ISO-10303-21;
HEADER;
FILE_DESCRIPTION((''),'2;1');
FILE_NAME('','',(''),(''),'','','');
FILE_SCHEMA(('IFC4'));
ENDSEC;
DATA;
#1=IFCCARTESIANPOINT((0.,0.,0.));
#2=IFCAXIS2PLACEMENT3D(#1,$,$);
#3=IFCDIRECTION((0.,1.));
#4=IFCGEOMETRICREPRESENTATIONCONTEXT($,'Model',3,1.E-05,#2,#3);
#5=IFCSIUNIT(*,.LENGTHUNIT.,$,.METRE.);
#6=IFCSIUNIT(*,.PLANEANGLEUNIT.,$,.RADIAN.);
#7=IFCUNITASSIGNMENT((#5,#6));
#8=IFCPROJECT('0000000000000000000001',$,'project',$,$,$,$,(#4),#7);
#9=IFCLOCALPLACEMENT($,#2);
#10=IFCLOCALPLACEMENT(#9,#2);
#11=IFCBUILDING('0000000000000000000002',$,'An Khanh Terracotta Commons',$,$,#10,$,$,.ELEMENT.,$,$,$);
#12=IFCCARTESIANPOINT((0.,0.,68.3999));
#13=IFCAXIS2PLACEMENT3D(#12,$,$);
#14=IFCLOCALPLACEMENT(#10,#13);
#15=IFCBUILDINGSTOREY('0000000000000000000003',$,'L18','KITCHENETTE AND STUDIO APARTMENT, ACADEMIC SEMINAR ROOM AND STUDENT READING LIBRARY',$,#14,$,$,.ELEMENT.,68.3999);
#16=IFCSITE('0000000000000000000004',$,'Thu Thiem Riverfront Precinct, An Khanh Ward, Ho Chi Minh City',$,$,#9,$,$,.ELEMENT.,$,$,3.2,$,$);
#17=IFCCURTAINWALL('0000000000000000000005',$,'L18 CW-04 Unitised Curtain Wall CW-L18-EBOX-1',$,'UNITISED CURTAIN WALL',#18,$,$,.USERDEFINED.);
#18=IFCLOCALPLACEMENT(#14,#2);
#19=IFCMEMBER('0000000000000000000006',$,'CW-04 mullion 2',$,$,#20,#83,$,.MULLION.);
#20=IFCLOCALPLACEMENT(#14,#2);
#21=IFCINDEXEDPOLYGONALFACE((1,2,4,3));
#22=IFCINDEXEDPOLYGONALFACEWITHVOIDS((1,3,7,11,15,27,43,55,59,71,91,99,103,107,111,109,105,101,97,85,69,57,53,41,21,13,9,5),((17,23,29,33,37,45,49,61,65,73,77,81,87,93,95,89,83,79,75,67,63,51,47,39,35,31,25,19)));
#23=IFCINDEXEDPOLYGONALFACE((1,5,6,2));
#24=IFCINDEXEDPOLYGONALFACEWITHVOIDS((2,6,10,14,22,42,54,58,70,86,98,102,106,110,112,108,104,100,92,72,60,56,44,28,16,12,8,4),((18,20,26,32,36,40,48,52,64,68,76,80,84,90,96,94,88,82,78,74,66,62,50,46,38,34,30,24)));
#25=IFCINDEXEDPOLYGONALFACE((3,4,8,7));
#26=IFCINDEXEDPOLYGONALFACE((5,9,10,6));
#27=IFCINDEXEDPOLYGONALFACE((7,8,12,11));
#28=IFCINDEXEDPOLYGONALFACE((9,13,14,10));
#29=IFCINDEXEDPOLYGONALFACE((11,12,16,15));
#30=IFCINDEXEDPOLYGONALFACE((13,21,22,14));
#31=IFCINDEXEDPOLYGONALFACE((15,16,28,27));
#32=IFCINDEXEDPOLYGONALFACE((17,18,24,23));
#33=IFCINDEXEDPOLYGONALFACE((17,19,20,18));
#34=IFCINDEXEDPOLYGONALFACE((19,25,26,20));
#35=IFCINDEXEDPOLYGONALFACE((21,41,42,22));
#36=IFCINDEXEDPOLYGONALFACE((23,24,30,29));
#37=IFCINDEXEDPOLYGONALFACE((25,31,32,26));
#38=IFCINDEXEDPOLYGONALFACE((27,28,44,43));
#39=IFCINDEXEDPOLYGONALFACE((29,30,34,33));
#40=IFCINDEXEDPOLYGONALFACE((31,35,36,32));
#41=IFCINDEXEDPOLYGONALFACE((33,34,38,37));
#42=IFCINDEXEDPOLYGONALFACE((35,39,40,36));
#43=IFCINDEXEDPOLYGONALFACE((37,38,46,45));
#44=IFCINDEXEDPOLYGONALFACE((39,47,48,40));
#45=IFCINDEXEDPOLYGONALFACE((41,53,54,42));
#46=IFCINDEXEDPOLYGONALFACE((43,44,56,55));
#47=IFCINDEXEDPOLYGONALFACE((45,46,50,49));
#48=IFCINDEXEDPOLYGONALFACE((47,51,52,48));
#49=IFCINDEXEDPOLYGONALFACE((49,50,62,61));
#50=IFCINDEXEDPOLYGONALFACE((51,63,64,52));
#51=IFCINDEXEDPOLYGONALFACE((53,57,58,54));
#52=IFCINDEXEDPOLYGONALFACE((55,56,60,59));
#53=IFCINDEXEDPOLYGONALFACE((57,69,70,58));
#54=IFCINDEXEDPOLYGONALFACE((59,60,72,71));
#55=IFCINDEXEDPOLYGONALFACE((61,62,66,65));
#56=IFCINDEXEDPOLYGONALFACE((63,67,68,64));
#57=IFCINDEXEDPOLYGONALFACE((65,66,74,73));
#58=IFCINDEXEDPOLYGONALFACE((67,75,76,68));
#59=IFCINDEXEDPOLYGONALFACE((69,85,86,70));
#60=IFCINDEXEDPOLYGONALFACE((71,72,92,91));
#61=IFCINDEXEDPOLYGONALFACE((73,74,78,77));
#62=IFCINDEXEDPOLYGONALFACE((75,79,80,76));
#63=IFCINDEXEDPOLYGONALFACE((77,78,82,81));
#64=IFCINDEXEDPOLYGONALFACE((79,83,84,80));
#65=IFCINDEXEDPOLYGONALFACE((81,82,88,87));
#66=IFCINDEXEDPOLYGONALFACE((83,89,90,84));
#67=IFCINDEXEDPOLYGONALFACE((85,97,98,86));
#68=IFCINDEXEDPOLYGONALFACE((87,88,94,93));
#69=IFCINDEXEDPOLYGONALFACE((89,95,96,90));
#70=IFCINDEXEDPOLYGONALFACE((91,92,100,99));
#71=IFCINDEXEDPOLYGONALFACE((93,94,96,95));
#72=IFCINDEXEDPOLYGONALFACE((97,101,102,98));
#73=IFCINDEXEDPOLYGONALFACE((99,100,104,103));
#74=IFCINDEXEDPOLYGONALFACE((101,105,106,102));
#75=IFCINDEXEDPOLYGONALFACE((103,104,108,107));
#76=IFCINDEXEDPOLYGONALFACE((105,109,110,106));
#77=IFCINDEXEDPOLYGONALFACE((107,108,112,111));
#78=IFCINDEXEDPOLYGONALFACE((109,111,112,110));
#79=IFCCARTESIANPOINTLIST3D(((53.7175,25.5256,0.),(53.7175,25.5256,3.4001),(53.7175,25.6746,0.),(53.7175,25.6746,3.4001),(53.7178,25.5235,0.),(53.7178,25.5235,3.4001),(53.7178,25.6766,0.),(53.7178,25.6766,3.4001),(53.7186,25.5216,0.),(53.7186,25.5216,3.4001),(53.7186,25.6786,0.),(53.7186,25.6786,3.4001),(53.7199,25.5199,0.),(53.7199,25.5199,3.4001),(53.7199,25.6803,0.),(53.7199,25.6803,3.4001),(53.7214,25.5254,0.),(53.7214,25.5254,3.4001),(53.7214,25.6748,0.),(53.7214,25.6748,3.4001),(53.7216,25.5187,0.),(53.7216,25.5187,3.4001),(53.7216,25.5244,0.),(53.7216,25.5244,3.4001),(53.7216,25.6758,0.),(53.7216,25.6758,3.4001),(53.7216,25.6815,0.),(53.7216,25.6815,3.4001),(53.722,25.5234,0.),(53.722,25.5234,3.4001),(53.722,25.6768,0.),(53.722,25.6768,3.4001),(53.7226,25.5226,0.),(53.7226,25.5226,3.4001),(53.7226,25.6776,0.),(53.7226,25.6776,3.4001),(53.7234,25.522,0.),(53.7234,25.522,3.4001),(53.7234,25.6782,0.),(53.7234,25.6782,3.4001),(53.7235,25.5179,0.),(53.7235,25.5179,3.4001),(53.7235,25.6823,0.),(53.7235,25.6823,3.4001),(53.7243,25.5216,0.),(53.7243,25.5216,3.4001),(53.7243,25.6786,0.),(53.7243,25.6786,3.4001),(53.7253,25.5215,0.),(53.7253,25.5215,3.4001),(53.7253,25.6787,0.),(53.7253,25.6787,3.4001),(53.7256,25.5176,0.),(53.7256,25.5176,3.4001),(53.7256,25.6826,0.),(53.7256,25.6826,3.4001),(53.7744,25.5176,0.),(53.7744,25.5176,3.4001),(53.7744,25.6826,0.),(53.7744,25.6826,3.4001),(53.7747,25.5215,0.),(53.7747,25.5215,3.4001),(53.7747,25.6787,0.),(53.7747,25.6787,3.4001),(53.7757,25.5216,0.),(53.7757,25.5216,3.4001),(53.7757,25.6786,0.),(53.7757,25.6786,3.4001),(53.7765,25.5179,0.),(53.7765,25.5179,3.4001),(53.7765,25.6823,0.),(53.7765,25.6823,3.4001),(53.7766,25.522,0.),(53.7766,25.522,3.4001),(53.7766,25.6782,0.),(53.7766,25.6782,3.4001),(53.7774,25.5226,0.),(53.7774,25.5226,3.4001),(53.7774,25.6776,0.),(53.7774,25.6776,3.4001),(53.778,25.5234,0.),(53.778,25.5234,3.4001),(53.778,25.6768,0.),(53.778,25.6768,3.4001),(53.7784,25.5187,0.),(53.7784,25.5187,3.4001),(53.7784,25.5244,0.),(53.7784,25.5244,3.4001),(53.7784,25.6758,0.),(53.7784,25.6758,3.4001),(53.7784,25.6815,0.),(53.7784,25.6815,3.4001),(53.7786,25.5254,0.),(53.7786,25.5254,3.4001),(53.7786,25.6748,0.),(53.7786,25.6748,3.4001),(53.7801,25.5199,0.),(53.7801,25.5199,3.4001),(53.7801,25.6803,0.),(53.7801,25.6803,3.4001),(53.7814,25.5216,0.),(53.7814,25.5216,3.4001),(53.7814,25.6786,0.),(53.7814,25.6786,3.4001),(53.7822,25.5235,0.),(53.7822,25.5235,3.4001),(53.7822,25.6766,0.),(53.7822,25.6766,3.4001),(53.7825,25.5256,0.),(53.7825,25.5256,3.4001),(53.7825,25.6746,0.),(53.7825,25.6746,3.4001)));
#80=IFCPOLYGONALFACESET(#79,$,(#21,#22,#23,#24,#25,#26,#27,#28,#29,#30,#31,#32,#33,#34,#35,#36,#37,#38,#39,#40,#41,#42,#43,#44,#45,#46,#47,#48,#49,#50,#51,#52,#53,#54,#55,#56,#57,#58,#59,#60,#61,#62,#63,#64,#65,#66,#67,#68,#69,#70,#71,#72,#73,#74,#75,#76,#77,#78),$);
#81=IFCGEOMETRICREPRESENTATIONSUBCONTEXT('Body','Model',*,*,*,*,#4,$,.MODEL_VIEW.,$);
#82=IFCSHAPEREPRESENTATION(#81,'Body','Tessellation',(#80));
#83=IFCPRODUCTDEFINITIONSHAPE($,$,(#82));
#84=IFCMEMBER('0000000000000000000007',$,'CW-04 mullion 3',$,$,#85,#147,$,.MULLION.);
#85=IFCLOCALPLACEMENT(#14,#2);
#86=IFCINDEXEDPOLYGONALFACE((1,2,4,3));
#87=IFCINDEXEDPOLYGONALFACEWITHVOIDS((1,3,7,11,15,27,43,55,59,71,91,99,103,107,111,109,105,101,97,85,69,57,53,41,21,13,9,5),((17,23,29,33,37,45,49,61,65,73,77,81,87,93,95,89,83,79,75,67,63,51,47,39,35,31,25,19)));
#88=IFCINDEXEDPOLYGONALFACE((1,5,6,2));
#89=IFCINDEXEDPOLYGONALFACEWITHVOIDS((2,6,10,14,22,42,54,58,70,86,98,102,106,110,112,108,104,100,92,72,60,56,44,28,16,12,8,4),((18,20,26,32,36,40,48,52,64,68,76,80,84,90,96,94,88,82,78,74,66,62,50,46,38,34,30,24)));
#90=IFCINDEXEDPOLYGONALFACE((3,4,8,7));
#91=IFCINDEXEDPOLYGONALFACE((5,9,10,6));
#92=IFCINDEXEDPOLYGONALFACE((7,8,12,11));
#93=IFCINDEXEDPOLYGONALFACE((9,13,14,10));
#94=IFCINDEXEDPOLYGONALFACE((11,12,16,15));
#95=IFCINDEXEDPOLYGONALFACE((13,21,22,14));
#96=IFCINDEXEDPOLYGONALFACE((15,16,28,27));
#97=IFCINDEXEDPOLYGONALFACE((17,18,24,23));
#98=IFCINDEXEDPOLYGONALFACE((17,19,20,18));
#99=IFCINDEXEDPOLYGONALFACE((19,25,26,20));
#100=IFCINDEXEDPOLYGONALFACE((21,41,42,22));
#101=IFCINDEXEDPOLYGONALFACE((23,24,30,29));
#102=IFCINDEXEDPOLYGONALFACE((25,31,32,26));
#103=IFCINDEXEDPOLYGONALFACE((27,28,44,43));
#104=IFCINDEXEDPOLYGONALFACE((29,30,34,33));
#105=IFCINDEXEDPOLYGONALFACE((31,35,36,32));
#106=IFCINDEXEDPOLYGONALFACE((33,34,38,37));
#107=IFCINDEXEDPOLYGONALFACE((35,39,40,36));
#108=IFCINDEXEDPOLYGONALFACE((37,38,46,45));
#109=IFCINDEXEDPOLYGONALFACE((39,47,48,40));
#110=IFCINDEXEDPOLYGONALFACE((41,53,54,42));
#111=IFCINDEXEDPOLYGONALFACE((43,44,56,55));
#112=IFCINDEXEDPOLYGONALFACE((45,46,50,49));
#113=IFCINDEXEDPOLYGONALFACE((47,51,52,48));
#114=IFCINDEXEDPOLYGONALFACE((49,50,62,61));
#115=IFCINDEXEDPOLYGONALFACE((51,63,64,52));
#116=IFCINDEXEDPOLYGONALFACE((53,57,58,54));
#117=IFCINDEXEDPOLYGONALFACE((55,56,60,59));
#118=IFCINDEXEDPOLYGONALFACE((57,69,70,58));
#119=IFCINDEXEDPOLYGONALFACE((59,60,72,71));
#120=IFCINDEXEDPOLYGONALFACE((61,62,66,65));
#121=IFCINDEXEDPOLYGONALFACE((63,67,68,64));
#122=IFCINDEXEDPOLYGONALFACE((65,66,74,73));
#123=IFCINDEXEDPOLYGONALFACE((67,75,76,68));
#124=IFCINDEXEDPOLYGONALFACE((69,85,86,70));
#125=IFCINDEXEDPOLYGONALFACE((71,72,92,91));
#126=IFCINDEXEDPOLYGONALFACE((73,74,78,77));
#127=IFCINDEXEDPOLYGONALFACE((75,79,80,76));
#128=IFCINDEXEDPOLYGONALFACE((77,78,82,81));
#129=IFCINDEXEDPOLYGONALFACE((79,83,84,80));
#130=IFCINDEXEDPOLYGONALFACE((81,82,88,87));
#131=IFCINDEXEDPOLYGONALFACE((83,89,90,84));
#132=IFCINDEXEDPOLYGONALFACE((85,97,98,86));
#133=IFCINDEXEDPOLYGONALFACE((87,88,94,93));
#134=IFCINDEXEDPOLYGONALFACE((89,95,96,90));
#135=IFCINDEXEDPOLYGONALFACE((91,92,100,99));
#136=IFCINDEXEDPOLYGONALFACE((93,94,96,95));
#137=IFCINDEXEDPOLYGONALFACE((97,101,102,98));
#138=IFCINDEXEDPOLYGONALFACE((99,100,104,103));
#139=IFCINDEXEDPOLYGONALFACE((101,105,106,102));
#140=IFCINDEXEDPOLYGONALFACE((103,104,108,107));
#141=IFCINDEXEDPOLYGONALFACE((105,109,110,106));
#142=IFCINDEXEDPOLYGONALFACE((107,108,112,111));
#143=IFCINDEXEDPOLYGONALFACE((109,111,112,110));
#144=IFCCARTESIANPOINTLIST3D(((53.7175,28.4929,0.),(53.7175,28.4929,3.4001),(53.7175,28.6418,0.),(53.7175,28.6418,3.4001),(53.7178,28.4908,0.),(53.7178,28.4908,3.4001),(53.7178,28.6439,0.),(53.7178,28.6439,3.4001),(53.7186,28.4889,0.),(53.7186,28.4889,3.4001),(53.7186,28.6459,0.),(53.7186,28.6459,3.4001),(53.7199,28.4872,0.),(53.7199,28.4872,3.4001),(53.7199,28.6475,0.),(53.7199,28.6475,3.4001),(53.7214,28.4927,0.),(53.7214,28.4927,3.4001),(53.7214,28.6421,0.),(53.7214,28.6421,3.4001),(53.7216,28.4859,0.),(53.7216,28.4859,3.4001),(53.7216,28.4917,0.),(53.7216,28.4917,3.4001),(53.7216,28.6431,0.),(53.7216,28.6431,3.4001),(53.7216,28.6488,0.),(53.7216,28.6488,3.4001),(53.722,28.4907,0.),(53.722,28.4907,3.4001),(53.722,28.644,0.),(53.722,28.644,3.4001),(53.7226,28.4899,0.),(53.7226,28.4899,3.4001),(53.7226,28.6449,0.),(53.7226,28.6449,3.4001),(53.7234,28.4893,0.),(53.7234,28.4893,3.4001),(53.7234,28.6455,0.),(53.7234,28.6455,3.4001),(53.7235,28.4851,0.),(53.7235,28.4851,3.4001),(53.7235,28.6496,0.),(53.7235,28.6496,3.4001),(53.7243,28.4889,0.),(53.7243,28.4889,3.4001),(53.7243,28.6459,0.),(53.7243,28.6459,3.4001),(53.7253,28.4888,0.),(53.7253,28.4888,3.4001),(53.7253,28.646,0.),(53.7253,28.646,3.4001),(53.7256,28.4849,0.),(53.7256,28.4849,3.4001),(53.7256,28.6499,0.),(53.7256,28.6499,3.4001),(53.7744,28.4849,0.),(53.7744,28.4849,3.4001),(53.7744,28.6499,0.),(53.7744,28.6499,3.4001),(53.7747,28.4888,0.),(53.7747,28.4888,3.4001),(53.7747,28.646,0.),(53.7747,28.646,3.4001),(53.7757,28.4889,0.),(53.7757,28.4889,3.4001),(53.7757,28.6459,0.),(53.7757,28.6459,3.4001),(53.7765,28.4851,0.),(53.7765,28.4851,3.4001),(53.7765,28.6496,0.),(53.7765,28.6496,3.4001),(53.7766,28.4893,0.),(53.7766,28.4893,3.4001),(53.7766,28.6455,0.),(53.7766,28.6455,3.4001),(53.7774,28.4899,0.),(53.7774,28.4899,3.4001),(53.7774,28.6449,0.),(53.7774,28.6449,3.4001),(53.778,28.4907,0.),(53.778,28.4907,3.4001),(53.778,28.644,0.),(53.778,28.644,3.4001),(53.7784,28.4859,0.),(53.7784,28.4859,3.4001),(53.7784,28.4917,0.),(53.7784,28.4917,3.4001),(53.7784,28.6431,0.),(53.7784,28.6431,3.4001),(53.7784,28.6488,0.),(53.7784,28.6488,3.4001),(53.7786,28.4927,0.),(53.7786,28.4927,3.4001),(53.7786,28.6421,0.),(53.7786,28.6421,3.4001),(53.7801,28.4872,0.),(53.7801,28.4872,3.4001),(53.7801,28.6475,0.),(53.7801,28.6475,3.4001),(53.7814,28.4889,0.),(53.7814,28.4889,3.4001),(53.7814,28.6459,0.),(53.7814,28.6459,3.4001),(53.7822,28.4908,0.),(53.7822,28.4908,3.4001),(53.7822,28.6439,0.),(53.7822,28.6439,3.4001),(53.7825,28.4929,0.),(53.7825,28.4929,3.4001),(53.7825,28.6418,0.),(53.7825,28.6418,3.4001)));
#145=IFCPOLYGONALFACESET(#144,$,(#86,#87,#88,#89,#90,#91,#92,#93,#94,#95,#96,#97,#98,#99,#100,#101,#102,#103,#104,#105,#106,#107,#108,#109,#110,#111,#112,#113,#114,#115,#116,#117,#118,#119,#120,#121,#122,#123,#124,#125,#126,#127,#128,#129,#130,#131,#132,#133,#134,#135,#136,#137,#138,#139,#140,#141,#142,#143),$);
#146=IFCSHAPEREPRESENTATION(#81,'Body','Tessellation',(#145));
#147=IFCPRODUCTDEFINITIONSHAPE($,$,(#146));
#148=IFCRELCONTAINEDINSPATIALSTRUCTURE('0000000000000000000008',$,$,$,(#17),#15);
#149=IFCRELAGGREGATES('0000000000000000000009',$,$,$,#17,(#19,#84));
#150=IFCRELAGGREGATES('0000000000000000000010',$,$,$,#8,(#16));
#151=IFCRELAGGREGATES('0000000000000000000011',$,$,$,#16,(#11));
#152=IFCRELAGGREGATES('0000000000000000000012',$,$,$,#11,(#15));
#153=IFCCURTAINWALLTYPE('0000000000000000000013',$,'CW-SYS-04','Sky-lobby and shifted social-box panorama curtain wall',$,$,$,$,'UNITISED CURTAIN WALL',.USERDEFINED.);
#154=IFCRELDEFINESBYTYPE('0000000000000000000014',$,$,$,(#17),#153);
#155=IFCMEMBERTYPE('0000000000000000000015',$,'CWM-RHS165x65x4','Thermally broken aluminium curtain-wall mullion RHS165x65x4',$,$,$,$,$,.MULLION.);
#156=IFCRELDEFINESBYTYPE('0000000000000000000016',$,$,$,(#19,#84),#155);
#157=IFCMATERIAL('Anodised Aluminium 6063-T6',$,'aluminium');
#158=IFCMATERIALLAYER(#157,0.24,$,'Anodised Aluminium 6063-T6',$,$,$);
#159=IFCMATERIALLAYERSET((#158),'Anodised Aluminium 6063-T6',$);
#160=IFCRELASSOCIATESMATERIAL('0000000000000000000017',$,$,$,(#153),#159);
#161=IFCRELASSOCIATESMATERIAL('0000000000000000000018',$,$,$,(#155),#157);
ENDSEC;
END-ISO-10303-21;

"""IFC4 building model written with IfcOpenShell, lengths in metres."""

from ifc_helpers import new_model, si_unit, direction, frame, origin, origin_2d, place, context, subcontext, project, spatial, hollow_rectangle, extrude, material, layer, layer_set, material_profile, profile_set, type_object, element, aggregate, save


model = new_model("IFC4")

# Units and contexts
model_context = context("Model", 3, precision=1e-05, world=origin(), true_north=direction((0.0, 1.0)))
body_context = subcontext(model_context, "Body", "Model", "MODEL_VIEW")
ifc_project = project(units=[si_unit("LENGTHUNIT", "METRE"), si_unit("PLANEANGLEUNIT", "RADIAN")], contexts=[model_context])

# Site, building, storey
site_placement = place(None, origin())
site = spatial("IfcSite", under=ifc_project, at=site_placement, Name="Thu Thiem Riverfront Precinct, An Khanh Ward, Ho Chi Minh City", CompositionType="ELEMENT", RefElevation=3.2)
building_placement = place(site_placement, origin())
building = spatial("IfcBuilding", under=site, at=building_placement, Name="An Khanh Terracotta Commons", CompositionType="ELEMENT")
storey_placement = place(building_placement, frame((0.0, 0.0, 68.3999)))
storey = spatial("IfcBuildingStorey", under=building, at=storey_placement, Name="L18", Description="KITCHENETTE AND STUDIO APARTMENT, ACADEMIC SEMINAR ROOM AND STUDENT READING LIBRARY", CompositionType="ELEMENT", Elevation=68.3999)

# Curtain wall, members
ifc_material_1 = material(Name="Anodised Aluminium 6063-T6", Category="aluminium")
ifc_layer_1 = layer(ifc_material_1, 0.24, Name="Anodised Aluminium 6063-T6")
ifc_layer_set_1 = layer_set([ifc_layer_1], Name="Anodised Aluminium 6063-T6")
curtain_wall_type = type_object("IfcCurtainWallType", Name="CW-SYS-04", Description="Sky-lobby and shifted social-box panorama curtain wall", ElementType="UNITISED CURTAIN WALL", PredefinedType="USERDEFINED", material=ifc_layer_set_1)
curtain_wall_1_placement = place(storey_placement, origin())
curtain_wall_1 = element("IfcCurtainWall", 1, at=curtain_wall_1_placement, inside=storey, type_object=curtain_wall_type, Name="L18 CW-04 Unitised Curtain Wall CW-L18-EBOX-1", ObjectType="UNITISED CURTAIN WALL", PredefinedType="USERDEFINED")
ifc_material_profile_1 = material_profile(ifc_material_1, hollow_rectangle(XDim=0.0649, YDim=0.165, WallThickness=0.0039, InnerFilletRadius=0.0039, OuterFilletRadius=0.0081, at=origin_2d()), Name="RHS165x65x4")
ifc_profile_set_1 = profile_set([ifc_material_profile_1], Name="Anodised Aluminium 6063-T6")
member_type_1 = type_object("IfcMemberType", Name="CWM-RHS165x65x4", Description="Thermally broken aluminium curtain-wall mullion RHS165x65x4", PredefinedType="MULLION", material=ifc_profile_set_1)
member_1_placement = place(storey_placement, frame((53.75, 25.6001, 0.0), z_axis=(0.0, 0.0, 1.0), x_axis=(-1.0, 0.0, 0.0)))
member_1 = element("IfcMember", 2, at=member_1_placement, type_object=member_type_1, Name="CW-04 mullion 2", PredefinedType="MULLION", context=body_context, shape_type="SweptSolid", body=[
    extrude(hollow_rectangle(XDim=0.0649, YDim=0.165, WallThickness=0.0039, InnerFilletRadius=0.0039, OuterFilletRadius=0.0081, at=origin_2d()), origin(), (0.0, 0.0, 1.0), 3.4001),
])
member_2_placement = place(storey_placement, frame((53.75, 28.5674, 0.0), z_axis=(0.0, 0.0, 1.0), x_axis=(-1.0, 0.0, 0.0)))
member_2 = element("IfcMember", 3, at=member_2_placement, type_object=member_type_1, Name="CW-04 mullion 3", PredefinedType="MULLION", context=body_context, shape_type="SweptSolid", body=[
    extrude(hollow_rectangle(XDim=0.0649, YDim=0.165, WallThickness=0.0039, InnerFilletRadius=0.0039, OuterFilletRadius=0.0081, at=origin_2d()), origin(), (0.0, 0.0, 1.0), 3.4001),
])

aggregate(curtain_wall_1, [member_1, member_2])

save(model, "model.ifc")
